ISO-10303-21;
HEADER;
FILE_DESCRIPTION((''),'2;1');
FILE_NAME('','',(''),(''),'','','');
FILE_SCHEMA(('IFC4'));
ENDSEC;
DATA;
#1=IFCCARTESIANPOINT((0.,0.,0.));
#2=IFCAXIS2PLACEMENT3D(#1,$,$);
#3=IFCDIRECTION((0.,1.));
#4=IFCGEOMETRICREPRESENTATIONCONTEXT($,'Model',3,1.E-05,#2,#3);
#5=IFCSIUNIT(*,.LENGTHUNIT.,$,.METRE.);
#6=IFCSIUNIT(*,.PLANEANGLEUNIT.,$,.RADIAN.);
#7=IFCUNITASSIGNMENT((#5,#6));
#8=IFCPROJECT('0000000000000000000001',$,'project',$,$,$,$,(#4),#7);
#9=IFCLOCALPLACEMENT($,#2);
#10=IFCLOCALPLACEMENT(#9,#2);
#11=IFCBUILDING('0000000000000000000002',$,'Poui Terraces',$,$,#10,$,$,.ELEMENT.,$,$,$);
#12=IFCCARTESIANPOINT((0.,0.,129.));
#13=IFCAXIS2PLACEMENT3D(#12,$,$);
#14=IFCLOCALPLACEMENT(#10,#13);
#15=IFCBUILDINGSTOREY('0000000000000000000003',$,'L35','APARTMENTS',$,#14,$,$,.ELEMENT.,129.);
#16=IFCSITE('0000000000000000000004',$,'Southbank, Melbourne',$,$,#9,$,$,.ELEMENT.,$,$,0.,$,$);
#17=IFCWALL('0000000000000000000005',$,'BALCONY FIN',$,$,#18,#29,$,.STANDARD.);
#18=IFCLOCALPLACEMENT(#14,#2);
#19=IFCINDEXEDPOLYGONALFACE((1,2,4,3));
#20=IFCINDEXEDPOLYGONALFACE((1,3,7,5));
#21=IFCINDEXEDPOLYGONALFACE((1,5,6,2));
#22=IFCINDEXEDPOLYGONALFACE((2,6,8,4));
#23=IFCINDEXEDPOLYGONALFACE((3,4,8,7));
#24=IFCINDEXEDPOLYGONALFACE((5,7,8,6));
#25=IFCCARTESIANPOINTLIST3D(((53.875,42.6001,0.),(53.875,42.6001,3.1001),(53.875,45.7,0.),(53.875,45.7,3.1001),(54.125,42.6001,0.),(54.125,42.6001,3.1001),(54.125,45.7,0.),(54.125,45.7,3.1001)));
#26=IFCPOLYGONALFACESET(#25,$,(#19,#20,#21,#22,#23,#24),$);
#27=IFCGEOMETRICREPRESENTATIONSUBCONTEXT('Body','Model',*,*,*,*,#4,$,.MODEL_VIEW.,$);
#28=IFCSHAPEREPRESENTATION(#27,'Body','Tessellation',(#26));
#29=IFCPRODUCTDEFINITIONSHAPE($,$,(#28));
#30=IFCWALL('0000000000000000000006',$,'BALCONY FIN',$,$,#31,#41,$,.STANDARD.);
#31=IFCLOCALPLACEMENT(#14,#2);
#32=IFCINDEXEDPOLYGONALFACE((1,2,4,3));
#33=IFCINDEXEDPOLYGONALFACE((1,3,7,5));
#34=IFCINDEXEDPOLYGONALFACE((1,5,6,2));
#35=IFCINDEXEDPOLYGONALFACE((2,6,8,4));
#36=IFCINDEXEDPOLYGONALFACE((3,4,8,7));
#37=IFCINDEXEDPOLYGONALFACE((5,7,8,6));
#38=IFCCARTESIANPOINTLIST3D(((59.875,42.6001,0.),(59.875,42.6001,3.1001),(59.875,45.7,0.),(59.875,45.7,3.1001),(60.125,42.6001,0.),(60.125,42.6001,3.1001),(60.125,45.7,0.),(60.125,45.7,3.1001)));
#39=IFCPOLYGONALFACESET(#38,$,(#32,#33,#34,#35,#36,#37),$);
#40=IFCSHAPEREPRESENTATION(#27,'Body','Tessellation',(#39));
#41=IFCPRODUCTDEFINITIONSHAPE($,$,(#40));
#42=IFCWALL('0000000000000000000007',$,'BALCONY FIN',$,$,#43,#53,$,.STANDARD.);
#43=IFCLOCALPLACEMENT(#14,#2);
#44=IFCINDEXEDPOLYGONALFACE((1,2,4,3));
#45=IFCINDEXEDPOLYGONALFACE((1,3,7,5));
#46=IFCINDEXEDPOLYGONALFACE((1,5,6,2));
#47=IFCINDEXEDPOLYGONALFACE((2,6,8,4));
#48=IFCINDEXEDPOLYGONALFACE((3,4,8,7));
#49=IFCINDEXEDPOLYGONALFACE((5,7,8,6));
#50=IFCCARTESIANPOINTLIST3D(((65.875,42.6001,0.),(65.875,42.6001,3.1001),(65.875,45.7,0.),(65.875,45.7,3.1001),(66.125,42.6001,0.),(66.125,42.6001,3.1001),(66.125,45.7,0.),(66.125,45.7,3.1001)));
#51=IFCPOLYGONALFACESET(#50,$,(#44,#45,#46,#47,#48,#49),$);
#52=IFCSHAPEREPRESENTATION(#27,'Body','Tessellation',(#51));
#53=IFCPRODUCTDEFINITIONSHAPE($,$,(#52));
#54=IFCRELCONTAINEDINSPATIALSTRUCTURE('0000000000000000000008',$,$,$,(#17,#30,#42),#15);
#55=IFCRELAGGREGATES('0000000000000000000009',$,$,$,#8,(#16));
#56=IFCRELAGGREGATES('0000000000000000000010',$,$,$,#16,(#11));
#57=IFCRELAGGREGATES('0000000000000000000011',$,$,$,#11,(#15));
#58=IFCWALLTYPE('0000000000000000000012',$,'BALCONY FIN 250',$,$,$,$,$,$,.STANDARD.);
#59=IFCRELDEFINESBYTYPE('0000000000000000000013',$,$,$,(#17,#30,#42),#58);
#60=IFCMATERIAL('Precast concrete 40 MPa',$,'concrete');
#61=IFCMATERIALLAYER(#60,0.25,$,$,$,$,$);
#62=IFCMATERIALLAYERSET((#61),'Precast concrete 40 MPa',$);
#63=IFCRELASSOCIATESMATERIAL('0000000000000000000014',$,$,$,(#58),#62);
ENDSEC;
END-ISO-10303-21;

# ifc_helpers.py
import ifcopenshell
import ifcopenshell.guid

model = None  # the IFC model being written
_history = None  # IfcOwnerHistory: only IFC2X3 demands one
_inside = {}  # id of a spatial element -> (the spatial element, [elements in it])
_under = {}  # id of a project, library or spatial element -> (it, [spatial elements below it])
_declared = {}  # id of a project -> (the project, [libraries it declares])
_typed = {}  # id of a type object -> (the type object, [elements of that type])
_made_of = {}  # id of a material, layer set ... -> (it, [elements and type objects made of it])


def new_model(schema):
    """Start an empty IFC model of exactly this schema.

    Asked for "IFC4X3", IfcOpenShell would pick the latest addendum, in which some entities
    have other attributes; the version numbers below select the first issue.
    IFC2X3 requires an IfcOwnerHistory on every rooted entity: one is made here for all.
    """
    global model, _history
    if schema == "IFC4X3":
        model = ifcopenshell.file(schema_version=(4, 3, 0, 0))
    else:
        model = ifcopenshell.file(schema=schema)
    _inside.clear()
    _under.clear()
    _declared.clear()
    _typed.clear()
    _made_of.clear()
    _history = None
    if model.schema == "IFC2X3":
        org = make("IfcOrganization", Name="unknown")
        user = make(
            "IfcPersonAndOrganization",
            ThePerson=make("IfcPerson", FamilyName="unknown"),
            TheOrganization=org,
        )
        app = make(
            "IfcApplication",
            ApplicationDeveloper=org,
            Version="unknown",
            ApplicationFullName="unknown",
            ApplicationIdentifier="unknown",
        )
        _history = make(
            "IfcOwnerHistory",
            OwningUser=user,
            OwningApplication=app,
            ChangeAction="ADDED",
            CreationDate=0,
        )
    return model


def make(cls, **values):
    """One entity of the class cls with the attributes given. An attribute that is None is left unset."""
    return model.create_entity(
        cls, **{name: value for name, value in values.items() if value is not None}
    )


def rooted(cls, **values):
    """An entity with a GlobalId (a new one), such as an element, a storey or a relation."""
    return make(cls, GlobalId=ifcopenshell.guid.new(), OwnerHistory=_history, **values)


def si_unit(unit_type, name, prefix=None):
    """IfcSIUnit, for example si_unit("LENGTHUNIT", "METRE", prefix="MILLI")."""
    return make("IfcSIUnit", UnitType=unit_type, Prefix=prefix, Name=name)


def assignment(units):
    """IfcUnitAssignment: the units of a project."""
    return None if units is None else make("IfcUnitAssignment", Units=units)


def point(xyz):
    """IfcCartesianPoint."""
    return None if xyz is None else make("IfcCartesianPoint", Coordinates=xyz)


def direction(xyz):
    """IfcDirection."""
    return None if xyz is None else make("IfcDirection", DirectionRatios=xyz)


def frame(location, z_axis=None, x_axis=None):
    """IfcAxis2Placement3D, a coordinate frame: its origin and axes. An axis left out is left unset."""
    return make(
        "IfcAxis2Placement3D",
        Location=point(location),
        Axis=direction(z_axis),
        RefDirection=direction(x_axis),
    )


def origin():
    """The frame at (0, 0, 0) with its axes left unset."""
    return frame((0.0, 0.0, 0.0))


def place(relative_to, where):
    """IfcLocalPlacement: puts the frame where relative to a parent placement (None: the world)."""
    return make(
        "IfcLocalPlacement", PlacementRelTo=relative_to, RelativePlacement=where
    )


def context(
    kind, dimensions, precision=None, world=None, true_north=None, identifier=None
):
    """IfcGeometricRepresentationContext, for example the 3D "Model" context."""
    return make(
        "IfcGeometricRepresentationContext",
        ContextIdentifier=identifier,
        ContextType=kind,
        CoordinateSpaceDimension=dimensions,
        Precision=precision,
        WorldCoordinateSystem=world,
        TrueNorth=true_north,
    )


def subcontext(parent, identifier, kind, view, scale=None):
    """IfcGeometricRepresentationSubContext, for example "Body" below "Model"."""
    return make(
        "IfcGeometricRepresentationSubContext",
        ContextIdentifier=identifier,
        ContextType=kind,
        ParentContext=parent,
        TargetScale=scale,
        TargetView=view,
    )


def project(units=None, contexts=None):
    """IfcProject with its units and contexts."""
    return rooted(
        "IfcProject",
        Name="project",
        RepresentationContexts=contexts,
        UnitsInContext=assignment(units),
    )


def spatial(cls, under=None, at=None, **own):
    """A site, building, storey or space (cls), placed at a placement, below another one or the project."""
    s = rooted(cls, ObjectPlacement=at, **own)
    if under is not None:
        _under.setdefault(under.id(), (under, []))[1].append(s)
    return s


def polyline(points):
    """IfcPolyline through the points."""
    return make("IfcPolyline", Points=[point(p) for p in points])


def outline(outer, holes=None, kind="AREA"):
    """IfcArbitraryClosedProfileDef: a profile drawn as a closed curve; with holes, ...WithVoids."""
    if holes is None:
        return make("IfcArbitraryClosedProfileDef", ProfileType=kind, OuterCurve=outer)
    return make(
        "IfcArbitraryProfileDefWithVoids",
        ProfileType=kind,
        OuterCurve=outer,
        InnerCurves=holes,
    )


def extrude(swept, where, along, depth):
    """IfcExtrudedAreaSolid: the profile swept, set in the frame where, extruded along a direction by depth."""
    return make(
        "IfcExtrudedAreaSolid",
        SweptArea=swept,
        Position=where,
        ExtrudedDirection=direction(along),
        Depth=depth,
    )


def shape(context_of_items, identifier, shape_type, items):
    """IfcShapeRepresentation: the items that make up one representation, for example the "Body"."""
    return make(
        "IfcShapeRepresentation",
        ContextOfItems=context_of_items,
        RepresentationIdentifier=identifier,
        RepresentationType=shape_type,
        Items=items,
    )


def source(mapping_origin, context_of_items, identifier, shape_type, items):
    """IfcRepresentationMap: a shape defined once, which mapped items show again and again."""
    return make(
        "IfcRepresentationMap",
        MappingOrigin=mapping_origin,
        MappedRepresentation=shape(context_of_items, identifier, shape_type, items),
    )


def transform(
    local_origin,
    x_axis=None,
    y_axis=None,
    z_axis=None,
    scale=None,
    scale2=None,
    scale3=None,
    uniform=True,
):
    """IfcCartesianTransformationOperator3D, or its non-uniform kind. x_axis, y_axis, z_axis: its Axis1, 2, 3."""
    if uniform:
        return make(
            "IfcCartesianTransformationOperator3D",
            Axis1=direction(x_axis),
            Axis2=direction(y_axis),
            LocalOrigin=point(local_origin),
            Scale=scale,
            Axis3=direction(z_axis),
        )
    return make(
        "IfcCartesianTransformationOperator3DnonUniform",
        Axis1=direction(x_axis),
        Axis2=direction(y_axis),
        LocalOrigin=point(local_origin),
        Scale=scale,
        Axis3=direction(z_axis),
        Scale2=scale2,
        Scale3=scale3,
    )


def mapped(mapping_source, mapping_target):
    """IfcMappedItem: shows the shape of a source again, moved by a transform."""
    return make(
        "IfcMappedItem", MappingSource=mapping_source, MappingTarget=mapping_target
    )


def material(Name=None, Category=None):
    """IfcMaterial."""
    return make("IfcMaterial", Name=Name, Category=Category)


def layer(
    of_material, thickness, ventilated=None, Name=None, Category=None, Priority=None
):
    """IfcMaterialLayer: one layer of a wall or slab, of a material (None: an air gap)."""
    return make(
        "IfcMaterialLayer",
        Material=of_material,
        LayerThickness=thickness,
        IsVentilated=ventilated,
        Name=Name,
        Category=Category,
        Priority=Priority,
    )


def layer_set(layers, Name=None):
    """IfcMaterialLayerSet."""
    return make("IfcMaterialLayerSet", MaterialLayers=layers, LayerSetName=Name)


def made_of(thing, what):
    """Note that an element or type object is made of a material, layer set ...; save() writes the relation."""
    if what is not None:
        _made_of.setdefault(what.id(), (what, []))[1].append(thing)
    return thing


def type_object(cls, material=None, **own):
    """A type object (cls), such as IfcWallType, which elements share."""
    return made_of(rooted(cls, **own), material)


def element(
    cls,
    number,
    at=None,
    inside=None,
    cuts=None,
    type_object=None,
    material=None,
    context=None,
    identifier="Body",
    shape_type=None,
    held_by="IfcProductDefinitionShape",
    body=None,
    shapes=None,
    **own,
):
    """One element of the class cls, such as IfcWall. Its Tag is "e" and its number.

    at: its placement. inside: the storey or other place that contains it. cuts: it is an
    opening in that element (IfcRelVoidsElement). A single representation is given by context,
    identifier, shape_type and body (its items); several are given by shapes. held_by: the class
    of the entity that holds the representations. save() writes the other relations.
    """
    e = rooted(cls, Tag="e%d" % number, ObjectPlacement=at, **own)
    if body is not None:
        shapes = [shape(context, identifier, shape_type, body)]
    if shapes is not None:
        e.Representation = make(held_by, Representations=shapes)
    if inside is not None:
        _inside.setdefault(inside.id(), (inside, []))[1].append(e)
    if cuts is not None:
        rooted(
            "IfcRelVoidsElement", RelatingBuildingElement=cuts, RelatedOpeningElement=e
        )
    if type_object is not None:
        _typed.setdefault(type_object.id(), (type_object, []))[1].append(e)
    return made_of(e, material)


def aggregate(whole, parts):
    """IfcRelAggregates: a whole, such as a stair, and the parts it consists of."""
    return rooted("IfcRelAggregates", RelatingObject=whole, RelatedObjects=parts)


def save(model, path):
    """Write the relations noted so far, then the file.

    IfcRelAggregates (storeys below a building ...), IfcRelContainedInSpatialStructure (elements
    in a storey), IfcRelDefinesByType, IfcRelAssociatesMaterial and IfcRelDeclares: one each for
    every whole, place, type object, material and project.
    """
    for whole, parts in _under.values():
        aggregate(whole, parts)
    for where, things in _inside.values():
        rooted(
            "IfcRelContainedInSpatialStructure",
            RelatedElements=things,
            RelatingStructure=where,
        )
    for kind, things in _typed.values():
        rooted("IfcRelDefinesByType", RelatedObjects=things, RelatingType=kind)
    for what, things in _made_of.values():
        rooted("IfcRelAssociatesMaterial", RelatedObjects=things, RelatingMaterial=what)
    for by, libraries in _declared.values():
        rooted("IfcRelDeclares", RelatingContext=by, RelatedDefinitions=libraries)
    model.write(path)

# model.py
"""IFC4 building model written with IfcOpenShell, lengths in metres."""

from ifc_helpers import new_model, si_unit, direction, frame, origin, place, context, subcontext, project, spatial, polyline, outline, extrude, source, transform, mapped, material, layer, layer_set, type_object, element, save


model = new_model("IFC4")

# Units and contexts
model_context = context("Model", 3, precision=1e-05, world=origin(), true_north=direction((0.0, 1.0)))
body_context = subcontext(model_context, "Body", "Model", "MODEL_VIEW")
ifc_project = project(units=[si_unit("LENGTHUNIT", "METRE"), si_unit("PLANEANGLEUNIT", "RADIAN")], contexts=[model_context])

# Site, building, storey
site_placement = place(None, origin())
site = spatial("IfcSite", under=ifc_project, at=site_placement, Name="Southbank, Melbourne", CompositionType="ELEMENT", RefElevation=0.0)
building_placement = place(site_placement, origin())
building = spatial("IfcBuilding", under=site, at=building_placement, Name="Poui Terraces", CompositionType="ELEMENT")
storey_placement = place(building_placement, frame((0.0, 0.0, 129.0)))
storey = spatial("IfcBuildingStorey", under=building, at=storey_placement, Name="L35", Description="APARTMENTS", CompositionType="ELEMENT", Elevation=129.0)

# Walls
ifc_material_1 = material(Name="Precast concrete 40 MPa", Category="concrete")
ifc_layer_1 = layer(ifc_material_1, 0.25)
ifc_layer_set_1 = layer_set([ifc_layer_1], Name="Precast concrete 40 MPa")
wall_type_1 = type_object("IfcWallType", Name="BALCONY FIN 250", PredefinedType="STANDARD", material=ifc_layer_set_1)
shared_shape_1 = source(origin(), body_context, "Body", "SweptSolid", [
    extrude(outline(polyline([(0.0, 0.0), (0.25, 0.0), (0.25, 3.0999), (0.0, 3.0999), (0.0, 0.0)])), origin(), (0.0, 0.0, 1.0), 3.1001),
])
for number, where, name in (
    (1, (53.875, 42.6001, 0.0), "BALCONY FIN"),
    (2, (59.875, 42.6001, 0.0), "BALCONY FIN"),
    (3, (65.875, 42.6001, 0.0), "BALCONY FIN"),
):
    element("IfcWall", number, at=place(storey_placement, frame(where)), inside=storey, type_object=wall_type_1, Name=name, PredefinedType="STANDARD", context=body_context, shape_type="MappedRepresentation", body=[
        mapped(shared_shape_1, transform((0.0, 0.0, 0.0))),
    ])

save(model, "model.ifc")
